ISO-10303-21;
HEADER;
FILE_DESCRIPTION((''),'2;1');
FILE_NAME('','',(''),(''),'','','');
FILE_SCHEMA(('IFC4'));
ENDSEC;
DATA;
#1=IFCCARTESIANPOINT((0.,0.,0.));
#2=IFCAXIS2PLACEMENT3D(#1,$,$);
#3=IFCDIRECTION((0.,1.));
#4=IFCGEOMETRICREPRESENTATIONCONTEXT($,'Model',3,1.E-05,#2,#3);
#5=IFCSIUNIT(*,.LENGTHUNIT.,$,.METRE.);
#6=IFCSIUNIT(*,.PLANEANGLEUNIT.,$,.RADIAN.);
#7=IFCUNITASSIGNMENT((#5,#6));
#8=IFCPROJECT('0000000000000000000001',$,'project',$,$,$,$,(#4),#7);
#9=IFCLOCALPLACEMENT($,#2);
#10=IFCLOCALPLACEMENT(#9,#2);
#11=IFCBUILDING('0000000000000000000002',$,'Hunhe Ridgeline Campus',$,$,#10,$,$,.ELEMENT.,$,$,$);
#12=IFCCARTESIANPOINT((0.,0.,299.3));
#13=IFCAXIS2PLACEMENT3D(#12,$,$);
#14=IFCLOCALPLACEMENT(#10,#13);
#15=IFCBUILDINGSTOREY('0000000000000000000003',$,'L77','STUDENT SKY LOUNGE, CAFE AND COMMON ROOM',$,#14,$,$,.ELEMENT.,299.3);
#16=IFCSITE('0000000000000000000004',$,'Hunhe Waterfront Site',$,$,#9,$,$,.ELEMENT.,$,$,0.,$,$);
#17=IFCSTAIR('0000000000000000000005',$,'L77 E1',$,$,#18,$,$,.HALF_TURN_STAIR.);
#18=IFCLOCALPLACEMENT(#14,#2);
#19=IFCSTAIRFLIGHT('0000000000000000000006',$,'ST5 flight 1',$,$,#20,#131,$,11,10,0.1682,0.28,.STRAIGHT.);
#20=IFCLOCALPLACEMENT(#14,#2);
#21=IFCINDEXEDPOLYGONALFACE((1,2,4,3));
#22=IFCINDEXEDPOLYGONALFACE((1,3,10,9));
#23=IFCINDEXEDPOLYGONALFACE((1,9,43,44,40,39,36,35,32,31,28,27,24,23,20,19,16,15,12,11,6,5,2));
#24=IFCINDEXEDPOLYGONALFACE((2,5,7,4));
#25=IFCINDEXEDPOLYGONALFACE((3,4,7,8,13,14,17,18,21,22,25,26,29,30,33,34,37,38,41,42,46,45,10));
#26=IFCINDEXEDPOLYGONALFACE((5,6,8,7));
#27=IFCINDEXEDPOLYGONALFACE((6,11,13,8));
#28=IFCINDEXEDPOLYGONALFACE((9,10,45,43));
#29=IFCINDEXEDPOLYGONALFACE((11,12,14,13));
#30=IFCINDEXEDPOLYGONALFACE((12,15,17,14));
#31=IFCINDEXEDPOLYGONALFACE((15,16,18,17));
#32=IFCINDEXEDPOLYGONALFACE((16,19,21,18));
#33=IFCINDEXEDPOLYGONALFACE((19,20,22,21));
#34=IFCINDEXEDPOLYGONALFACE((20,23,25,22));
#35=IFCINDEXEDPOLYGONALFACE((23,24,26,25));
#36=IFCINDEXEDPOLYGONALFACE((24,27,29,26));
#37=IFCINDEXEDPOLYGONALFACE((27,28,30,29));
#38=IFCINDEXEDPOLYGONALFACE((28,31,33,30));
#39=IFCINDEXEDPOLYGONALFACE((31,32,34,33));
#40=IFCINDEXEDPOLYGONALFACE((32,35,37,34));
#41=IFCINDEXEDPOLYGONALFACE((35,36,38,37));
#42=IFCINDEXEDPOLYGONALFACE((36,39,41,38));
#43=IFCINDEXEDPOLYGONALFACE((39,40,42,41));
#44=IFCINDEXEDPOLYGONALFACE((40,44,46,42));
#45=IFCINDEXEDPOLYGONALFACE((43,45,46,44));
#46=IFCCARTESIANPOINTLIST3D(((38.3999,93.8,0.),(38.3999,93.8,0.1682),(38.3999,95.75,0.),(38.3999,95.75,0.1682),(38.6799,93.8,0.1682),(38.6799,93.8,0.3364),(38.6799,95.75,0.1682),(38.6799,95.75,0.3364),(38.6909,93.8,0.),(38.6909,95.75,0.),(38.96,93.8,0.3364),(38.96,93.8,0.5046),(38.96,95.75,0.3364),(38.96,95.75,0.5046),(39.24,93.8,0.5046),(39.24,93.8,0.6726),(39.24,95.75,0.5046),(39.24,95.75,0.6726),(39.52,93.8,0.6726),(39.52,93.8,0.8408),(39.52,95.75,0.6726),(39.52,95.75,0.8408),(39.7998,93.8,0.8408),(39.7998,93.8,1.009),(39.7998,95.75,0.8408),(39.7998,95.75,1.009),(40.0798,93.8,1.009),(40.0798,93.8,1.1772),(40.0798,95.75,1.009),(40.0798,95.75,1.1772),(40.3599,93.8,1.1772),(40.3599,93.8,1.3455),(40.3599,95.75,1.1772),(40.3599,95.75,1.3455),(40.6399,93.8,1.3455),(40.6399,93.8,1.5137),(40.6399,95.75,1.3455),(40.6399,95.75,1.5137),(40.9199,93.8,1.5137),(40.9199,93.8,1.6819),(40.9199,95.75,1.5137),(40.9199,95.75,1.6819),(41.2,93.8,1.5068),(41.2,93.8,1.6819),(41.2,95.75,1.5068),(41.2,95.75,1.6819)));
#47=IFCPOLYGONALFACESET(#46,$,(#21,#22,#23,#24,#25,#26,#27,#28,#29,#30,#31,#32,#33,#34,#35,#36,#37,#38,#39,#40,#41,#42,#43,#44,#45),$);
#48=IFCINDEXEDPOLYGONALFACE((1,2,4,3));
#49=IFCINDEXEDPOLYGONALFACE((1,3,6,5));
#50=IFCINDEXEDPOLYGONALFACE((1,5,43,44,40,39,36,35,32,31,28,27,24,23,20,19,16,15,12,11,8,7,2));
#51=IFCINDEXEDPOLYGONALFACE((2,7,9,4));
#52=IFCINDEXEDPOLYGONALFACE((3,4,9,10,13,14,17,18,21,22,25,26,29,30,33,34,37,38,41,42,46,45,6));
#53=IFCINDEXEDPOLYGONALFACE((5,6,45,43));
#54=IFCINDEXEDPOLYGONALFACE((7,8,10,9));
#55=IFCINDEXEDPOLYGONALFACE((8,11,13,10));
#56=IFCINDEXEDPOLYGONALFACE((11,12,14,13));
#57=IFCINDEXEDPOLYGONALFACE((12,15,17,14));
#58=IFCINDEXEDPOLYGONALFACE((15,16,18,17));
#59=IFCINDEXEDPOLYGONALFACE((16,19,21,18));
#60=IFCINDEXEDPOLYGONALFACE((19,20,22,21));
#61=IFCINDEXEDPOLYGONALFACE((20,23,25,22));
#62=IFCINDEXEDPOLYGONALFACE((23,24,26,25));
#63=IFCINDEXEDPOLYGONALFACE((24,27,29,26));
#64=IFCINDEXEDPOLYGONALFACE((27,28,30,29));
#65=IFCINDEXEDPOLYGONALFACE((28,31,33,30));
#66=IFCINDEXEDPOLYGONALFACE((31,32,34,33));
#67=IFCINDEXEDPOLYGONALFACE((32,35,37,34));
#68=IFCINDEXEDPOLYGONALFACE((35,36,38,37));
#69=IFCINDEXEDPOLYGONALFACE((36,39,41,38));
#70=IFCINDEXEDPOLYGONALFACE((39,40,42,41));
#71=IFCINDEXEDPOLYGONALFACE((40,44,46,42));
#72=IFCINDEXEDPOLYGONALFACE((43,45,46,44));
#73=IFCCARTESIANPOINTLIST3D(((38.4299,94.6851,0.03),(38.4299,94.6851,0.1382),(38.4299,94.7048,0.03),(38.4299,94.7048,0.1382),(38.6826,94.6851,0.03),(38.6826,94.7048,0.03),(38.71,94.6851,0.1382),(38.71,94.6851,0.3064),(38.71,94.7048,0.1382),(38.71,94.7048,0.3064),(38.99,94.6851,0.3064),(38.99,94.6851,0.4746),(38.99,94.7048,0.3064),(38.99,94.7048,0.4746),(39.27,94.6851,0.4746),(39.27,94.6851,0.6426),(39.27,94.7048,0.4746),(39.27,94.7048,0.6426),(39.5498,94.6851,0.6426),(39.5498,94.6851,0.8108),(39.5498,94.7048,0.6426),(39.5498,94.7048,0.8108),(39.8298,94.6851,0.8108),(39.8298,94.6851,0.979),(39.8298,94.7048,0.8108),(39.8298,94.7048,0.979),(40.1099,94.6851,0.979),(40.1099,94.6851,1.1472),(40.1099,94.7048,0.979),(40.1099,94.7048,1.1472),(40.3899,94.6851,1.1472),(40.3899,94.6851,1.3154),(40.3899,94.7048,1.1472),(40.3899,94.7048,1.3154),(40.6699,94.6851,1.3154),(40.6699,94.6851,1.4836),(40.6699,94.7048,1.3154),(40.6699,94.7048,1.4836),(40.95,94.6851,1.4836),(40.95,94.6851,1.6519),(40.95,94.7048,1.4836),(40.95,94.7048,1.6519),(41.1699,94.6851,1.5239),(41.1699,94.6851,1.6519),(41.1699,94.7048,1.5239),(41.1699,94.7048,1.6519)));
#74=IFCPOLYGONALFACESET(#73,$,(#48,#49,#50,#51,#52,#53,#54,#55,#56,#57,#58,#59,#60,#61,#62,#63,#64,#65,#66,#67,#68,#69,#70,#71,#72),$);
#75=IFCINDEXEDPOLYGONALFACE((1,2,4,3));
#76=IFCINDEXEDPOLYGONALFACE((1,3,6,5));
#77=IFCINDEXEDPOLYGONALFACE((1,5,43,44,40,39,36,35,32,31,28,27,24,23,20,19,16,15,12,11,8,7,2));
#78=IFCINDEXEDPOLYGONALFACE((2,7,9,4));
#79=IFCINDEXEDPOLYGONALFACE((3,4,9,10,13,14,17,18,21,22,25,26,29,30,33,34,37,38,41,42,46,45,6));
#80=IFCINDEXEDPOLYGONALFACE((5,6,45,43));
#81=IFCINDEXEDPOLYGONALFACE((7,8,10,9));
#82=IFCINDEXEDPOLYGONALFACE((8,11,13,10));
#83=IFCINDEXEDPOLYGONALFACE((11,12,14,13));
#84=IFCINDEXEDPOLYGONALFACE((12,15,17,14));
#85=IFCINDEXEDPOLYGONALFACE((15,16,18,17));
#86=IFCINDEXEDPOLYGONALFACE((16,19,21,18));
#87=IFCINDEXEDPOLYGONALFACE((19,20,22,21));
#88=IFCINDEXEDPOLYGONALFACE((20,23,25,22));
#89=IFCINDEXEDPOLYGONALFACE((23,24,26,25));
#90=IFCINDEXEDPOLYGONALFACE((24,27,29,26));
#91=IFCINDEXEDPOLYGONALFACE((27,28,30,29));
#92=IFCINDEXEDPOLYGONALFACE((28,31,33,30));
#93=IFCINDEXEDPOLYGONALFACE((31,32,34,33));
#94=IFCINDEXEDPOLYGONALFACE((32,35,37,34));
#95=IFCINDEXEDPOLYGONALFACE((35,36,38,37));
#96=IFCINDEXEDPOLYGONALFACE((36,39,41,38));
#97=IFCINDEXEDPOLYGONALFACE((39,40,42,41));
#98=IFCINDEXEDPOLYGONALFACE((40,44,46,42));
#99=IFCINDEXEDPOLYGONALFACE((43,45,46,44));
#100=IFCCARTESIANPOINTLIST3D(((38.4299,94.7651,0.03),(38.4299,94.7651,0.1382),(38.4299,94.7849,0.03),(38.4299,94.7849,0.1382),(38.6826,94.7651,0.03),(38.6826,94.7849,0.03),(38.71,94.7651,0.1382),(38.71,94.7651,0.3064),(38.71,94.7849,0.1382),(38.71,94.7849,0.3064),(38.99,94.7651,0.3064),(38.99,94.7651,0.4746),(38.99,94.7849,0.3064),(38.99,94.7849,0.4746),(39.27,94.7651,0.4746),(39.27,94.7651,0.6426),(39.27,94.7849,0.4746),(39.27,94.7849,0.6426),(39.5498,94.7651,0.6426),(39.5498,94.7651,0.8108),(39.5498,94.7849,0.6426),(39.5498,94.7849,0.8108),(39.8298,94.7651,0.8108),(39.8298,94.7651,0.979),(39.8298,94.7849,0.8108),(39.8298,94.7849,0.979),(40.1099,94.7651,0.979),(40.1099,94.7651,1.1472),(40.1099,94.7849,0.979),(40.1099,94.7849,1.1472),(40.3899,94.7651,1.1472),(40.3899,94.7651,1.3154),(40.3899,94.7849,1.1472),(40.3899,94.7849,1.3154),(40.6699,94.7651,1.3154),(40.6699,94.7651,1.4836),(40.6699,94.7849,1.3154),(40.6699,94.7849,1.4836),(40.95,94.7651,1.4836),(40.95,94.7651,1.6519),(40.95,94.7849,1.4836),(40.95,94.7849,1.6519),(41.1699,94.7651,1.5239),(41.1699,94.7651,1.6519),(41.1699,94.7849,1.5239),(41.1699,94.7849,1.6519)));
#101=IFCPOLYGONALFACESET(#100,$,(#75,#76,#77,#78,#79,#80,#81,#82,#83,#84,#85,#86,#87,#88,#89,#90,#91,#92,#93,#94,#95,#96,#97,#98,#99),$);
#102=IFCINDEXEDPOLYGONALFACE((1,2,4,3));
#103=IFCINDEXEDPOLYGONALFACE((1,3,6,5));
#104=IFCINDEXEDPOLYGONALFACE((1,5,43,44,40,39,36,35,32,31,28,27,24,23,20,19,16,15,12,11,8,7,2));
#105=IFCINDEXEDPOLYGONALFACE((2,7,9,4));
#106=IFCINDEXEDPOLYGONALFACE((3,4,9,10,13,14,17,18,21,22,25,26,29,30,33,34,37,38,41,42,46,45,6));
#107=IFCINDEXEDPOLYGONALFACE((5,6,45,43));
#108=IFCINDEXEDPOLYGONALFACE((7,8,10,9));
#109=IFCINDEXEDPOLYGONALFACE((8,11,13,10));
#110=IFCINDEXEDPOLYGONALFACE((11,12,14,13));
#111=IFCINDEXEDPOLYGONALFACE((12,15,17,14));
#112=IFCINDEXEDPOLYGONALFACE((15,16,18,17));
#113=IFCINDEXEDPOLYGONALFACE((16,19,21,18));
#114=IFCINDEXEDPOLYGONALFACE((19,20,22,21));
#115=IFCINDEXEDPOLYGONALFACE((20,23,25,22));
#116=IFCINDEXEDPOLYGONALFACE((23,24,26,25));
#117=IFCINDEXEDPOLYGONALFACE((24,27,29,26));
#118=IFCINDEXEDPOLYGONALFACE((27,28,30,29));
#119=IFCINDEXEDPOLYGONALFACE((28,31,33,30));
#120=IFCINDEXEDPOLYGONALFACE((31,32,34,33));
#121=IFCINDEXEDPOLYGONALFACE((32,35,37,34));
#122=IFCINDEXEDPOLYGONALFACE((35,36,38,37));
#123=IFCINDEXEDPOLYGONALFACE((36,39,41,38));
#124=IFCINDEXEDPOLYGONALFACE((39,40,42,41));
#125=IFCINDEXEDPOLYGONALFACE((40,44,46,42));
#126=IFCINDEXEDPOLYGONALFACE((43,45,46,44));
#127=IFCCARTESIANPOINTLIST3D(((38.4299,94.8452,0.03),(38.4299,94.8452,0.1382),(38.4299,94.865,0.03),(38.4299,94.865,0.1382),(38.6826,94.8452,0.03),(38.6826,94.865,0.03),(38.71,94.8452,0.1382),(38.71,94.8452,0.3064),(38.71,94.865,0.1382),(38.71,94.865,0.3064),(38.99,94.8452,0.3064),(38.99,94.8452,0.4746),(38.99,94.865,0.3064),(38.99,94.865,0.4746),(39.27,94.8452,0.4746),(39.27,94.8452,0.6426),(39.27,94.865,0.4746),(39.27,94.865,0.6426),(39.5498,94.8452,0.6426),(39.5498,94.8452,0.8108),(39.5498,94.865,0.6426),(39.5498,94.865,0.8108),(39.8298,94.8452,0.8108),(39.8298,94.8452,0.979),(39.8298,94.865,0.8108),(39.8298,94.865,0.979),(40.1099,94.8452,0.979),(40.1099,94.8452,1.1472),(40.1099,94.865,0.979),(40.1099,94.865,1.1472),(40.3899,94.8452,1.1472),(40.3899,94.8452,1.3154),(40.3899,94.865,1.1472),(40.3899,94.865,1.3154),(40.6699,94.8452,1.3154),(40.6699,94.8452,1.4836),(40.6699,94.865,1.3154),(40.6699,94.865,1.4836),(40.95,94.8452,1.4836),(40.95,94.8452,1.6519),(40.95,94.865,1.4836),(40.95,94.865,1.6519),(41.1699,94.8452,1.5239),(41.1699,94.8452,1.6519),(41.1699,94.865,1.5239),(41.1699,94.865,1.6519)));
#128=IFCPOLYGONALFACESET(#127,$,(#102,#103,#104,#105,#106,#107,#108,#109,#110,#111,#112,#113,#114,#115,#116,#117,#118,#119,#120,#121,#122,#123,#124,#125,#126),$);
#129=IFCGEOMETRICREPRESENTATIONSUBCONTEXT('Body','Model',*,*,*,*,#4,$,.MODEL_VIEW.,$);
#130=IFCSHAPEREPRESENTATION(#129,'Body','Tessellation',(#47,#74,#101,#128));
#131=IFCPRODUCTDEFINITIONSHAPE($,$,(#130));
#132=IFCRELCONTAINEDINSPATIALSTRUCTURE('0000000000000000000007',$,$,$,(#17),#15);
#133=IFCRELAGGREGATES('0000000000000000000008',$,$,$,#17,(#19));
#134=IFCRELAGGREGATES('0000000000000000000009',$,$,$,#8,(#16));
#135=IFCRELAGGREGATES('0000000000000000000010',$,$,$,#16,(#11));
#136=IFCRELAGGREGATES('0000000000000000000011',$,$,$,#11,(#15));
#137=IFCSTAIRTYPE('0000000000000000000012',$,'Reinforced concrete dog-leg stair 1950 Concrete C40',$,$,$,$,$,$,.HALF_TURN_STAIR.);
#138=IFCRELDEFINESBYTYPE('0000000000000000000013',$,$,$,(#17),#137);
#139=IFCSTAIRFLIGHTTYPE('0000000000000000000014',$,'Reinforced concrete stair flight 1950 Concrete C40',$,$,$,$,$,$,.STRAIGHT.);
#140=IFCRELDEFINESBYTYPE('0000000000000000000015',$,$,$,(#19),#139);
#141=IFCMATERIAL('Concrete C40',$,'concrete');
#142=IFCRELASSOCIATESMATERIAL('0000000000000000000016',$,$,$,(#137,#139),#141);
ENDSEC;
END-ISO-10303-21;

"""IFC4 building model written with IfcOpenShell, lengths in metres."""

from ifc_helpers import new_model, si_unit, direction, frame, origin, place, context, subcontext, project, spatial, polyline, outline, extrude, material, type_object, element, aggregate, save


model = new_model("IFC4")

# Units and contexts
model_context = context("Model", 3, precision=1e-05, world=origin(), true_north=direction((0.0, 1.0)))
body_context = subcontext(model_context, "Body", "Model", "MODEL_VIEW")
ifc_project = project(units=[si_unit("LENGTHUNIT", "METRE"), si_unit("PLANEANGLEUNIT", "RADIAN")], contexts=[model_context])

# Site, building, storey
site_placement = place(None, origin())
site = spatial("IfcSite", under=ifc_project, at=site_placement, Name="Hunhe Waterfront Site", CompositionType="ELEMENT", RefElevation=0.0)
building_placement = place(site_placement, origin())
building = spatial("IfcBuilding", under=site, at=building_placement, Name="Hunhe Ridgeline Campus", CompositionType="ELEMENT")
storey_placement = place(building_placement, frame((0.0, 0.0, 299.3)))
storey = spatial("IfcBuildingStorey", under=building, at=storey_placement, Name="L77", Description="STUDENT SKY LOUNGE, CAFE AND COMMON ROOM", CompositionType="ELEMENT", Elevation=299.3)

# Stair, stair flight
ifc_material_1 = material(Name="Concrete C40", Category="concrete")
stair_type = type_object("IfcStairType", Name="Reinforced concrete dog-leg stair 1950 Concrete C40", PredefinedType="HALF_TURN_STAIR", material=ifc_material_1)
stair_placement = place(storey_placement, origin())
stair = element("IfcStair", 1, at=stair_placement, inside=storey, type_object=stair_type, Name="L77 E1", PredefinedType="HALF_TURN_STAIR")
stair_flight_type = type_object("IfcStairFlightType", Name="Reinforced concrete stair flight 1950 Concrete C40", PredefinedType="STRAIGHT", material=ifc_material_1)
stair_flight_1_placement = place(storey_placement, frame((38.3999, 94.7749, 0.0), z_axis=(0.0, 0.0, 1.0), x_axis=(1.0, 0.0, 0.0)))
stair_flight_1 = element("IfcStairFlight", 2, at=stair_flight_1_placement, type_object=stair_flight_type, Name="ST5 flight 1", NumberOfRisers=11, NumberOfTreads=10, PredefinedType="STRAIGHT", RiserHeight=0.1682, TreadLength=0.28, context=body_context, shape_type="SweptSolid", body=[
    extrude(outline(polyline([(0.0, 0.0), (0.0, 0.1682), (0.28, 0.1682), (0.28, 0.3364), (0.5601, 0.3364), (0.5601, 0.5046), (0.8401, 0.5046), (0.8401, 0.6726), (1.1201, 0.6726), (1.1201, 0.8408), (1.3999, 0.8408), (1.3999, 1.009), (1.6799, 1.009), (1.6799, 1.1772), (1.96, 1.1772), (1.96, 1.3455), (2.24, 1.3455), (2.24, 1.5137), (2.52, 1.5137), (2.52, 1.6819), (2.8, 1.6819), (2.8, 1.8501), (2.8, 1.5068), (0.291, 0.0), (0.0, 0.0)])), frame((0.0, 0.9751, 0.0), z_axis=(0.0, -1.0, 0.0), x_axis=(1.0, 0.0, 0.0)), (0.0, 0.0, 1.0), 1.95),
    extrude(outline(polyline([(0.03, 0.03), (0.03, 0.1382), (0.3101, 0.1382), (0.3101, 0.3064), (0.5901, 0.3064), (0.5901, 0.4746), (0.8701, 0.4746), (0.8701, 0.6426), (1.1499, 0.6426), (1.1499, 0.8108), (1.4299, 0.8108), (1.4299, 0.979), (1.71, 0.979), (1.71, 1.1472), (1.99, 1.1472), (1.99, 1.3154), (2.27, 1.3154), (2.27, 1.4836), (2.55, 1.4836), (2.55, 1.6519), (2.77, 1.6519), (2.77, 1.5239), (0.2827, 0.03), (0.03, 0.03)])), frame((0.0, -0.0701, 0.0), z_axis=(0.0, -1.0, 0.0), x_axis=(1.0, 0.0, 0.0)), (0.0, 0.0, 1.0), 0.0198),
    extrude(outline(polyline([(0.03, 0.03), (0.03, 0.1382), (0.3101, 0.1382), (0.3101, 0.3064), (0.5901, 0.3064), (0.5901, 0.4746), (0.8701, 0.4746), (0.8701, 0.6426), (1.1499, 0.6426), (1.1499, 0.8108), (1.4299, 0.8108), (1.4299, 0.979), (1.71, 0.979), (1.71, 1.1472), (1.99, 1.1472), (1.99, 1.3154), (2.27, 1.3154), (2.27, 1.4836), (2.55, 1.4836), (2.55, 1.6519), (2.77, 1.6519), (2.77, 1.5239), (0.2827, 0.03), (0.03, 0.03)])), frame((0.0, 0.01, 0.0), z_axis=(0.0, -1.0, 0.0), x_axis=(1.0, 0.0, 0.0)), (0.0, 0.0, 1.0), 0.0198),
    extrude(outline(polyline([(0.03, 0.03), (0.03, 0.1382), (0.3101, 0.1382), (0.3101, 0.3064), (0.5901, 0.3064), (0.5901, 0.4746), (0.8701, 0.4746), (0.8701, 0.6426), (1.1499, 0.6426), (1.1499, 0.8108), (1.4299, 0.8108), (1.4299, 0.979), (1.71, 0.979), (1.71, 1.1472), (1.99, 1.1472), (1.99, 1.3154), (2.27, 1.3154), (2.27, 1.4836), (2.55, 1.4836), (2.55, 1.6519), (2.77, 1.6519), (2.77, 1.5239), (0.2827, 0.03), (0.03, 0.03)])), frame((0.0, 0.0901, 0.0), z_axis=(0.0, -1.0, 0.0), x_axis=(1.0, 0.0, 0.0)), (0.0, 0.0, 1.0), 0.0198),
])
aggregate(stair, [stair_flight_1])

save(model, "model.ifc")
